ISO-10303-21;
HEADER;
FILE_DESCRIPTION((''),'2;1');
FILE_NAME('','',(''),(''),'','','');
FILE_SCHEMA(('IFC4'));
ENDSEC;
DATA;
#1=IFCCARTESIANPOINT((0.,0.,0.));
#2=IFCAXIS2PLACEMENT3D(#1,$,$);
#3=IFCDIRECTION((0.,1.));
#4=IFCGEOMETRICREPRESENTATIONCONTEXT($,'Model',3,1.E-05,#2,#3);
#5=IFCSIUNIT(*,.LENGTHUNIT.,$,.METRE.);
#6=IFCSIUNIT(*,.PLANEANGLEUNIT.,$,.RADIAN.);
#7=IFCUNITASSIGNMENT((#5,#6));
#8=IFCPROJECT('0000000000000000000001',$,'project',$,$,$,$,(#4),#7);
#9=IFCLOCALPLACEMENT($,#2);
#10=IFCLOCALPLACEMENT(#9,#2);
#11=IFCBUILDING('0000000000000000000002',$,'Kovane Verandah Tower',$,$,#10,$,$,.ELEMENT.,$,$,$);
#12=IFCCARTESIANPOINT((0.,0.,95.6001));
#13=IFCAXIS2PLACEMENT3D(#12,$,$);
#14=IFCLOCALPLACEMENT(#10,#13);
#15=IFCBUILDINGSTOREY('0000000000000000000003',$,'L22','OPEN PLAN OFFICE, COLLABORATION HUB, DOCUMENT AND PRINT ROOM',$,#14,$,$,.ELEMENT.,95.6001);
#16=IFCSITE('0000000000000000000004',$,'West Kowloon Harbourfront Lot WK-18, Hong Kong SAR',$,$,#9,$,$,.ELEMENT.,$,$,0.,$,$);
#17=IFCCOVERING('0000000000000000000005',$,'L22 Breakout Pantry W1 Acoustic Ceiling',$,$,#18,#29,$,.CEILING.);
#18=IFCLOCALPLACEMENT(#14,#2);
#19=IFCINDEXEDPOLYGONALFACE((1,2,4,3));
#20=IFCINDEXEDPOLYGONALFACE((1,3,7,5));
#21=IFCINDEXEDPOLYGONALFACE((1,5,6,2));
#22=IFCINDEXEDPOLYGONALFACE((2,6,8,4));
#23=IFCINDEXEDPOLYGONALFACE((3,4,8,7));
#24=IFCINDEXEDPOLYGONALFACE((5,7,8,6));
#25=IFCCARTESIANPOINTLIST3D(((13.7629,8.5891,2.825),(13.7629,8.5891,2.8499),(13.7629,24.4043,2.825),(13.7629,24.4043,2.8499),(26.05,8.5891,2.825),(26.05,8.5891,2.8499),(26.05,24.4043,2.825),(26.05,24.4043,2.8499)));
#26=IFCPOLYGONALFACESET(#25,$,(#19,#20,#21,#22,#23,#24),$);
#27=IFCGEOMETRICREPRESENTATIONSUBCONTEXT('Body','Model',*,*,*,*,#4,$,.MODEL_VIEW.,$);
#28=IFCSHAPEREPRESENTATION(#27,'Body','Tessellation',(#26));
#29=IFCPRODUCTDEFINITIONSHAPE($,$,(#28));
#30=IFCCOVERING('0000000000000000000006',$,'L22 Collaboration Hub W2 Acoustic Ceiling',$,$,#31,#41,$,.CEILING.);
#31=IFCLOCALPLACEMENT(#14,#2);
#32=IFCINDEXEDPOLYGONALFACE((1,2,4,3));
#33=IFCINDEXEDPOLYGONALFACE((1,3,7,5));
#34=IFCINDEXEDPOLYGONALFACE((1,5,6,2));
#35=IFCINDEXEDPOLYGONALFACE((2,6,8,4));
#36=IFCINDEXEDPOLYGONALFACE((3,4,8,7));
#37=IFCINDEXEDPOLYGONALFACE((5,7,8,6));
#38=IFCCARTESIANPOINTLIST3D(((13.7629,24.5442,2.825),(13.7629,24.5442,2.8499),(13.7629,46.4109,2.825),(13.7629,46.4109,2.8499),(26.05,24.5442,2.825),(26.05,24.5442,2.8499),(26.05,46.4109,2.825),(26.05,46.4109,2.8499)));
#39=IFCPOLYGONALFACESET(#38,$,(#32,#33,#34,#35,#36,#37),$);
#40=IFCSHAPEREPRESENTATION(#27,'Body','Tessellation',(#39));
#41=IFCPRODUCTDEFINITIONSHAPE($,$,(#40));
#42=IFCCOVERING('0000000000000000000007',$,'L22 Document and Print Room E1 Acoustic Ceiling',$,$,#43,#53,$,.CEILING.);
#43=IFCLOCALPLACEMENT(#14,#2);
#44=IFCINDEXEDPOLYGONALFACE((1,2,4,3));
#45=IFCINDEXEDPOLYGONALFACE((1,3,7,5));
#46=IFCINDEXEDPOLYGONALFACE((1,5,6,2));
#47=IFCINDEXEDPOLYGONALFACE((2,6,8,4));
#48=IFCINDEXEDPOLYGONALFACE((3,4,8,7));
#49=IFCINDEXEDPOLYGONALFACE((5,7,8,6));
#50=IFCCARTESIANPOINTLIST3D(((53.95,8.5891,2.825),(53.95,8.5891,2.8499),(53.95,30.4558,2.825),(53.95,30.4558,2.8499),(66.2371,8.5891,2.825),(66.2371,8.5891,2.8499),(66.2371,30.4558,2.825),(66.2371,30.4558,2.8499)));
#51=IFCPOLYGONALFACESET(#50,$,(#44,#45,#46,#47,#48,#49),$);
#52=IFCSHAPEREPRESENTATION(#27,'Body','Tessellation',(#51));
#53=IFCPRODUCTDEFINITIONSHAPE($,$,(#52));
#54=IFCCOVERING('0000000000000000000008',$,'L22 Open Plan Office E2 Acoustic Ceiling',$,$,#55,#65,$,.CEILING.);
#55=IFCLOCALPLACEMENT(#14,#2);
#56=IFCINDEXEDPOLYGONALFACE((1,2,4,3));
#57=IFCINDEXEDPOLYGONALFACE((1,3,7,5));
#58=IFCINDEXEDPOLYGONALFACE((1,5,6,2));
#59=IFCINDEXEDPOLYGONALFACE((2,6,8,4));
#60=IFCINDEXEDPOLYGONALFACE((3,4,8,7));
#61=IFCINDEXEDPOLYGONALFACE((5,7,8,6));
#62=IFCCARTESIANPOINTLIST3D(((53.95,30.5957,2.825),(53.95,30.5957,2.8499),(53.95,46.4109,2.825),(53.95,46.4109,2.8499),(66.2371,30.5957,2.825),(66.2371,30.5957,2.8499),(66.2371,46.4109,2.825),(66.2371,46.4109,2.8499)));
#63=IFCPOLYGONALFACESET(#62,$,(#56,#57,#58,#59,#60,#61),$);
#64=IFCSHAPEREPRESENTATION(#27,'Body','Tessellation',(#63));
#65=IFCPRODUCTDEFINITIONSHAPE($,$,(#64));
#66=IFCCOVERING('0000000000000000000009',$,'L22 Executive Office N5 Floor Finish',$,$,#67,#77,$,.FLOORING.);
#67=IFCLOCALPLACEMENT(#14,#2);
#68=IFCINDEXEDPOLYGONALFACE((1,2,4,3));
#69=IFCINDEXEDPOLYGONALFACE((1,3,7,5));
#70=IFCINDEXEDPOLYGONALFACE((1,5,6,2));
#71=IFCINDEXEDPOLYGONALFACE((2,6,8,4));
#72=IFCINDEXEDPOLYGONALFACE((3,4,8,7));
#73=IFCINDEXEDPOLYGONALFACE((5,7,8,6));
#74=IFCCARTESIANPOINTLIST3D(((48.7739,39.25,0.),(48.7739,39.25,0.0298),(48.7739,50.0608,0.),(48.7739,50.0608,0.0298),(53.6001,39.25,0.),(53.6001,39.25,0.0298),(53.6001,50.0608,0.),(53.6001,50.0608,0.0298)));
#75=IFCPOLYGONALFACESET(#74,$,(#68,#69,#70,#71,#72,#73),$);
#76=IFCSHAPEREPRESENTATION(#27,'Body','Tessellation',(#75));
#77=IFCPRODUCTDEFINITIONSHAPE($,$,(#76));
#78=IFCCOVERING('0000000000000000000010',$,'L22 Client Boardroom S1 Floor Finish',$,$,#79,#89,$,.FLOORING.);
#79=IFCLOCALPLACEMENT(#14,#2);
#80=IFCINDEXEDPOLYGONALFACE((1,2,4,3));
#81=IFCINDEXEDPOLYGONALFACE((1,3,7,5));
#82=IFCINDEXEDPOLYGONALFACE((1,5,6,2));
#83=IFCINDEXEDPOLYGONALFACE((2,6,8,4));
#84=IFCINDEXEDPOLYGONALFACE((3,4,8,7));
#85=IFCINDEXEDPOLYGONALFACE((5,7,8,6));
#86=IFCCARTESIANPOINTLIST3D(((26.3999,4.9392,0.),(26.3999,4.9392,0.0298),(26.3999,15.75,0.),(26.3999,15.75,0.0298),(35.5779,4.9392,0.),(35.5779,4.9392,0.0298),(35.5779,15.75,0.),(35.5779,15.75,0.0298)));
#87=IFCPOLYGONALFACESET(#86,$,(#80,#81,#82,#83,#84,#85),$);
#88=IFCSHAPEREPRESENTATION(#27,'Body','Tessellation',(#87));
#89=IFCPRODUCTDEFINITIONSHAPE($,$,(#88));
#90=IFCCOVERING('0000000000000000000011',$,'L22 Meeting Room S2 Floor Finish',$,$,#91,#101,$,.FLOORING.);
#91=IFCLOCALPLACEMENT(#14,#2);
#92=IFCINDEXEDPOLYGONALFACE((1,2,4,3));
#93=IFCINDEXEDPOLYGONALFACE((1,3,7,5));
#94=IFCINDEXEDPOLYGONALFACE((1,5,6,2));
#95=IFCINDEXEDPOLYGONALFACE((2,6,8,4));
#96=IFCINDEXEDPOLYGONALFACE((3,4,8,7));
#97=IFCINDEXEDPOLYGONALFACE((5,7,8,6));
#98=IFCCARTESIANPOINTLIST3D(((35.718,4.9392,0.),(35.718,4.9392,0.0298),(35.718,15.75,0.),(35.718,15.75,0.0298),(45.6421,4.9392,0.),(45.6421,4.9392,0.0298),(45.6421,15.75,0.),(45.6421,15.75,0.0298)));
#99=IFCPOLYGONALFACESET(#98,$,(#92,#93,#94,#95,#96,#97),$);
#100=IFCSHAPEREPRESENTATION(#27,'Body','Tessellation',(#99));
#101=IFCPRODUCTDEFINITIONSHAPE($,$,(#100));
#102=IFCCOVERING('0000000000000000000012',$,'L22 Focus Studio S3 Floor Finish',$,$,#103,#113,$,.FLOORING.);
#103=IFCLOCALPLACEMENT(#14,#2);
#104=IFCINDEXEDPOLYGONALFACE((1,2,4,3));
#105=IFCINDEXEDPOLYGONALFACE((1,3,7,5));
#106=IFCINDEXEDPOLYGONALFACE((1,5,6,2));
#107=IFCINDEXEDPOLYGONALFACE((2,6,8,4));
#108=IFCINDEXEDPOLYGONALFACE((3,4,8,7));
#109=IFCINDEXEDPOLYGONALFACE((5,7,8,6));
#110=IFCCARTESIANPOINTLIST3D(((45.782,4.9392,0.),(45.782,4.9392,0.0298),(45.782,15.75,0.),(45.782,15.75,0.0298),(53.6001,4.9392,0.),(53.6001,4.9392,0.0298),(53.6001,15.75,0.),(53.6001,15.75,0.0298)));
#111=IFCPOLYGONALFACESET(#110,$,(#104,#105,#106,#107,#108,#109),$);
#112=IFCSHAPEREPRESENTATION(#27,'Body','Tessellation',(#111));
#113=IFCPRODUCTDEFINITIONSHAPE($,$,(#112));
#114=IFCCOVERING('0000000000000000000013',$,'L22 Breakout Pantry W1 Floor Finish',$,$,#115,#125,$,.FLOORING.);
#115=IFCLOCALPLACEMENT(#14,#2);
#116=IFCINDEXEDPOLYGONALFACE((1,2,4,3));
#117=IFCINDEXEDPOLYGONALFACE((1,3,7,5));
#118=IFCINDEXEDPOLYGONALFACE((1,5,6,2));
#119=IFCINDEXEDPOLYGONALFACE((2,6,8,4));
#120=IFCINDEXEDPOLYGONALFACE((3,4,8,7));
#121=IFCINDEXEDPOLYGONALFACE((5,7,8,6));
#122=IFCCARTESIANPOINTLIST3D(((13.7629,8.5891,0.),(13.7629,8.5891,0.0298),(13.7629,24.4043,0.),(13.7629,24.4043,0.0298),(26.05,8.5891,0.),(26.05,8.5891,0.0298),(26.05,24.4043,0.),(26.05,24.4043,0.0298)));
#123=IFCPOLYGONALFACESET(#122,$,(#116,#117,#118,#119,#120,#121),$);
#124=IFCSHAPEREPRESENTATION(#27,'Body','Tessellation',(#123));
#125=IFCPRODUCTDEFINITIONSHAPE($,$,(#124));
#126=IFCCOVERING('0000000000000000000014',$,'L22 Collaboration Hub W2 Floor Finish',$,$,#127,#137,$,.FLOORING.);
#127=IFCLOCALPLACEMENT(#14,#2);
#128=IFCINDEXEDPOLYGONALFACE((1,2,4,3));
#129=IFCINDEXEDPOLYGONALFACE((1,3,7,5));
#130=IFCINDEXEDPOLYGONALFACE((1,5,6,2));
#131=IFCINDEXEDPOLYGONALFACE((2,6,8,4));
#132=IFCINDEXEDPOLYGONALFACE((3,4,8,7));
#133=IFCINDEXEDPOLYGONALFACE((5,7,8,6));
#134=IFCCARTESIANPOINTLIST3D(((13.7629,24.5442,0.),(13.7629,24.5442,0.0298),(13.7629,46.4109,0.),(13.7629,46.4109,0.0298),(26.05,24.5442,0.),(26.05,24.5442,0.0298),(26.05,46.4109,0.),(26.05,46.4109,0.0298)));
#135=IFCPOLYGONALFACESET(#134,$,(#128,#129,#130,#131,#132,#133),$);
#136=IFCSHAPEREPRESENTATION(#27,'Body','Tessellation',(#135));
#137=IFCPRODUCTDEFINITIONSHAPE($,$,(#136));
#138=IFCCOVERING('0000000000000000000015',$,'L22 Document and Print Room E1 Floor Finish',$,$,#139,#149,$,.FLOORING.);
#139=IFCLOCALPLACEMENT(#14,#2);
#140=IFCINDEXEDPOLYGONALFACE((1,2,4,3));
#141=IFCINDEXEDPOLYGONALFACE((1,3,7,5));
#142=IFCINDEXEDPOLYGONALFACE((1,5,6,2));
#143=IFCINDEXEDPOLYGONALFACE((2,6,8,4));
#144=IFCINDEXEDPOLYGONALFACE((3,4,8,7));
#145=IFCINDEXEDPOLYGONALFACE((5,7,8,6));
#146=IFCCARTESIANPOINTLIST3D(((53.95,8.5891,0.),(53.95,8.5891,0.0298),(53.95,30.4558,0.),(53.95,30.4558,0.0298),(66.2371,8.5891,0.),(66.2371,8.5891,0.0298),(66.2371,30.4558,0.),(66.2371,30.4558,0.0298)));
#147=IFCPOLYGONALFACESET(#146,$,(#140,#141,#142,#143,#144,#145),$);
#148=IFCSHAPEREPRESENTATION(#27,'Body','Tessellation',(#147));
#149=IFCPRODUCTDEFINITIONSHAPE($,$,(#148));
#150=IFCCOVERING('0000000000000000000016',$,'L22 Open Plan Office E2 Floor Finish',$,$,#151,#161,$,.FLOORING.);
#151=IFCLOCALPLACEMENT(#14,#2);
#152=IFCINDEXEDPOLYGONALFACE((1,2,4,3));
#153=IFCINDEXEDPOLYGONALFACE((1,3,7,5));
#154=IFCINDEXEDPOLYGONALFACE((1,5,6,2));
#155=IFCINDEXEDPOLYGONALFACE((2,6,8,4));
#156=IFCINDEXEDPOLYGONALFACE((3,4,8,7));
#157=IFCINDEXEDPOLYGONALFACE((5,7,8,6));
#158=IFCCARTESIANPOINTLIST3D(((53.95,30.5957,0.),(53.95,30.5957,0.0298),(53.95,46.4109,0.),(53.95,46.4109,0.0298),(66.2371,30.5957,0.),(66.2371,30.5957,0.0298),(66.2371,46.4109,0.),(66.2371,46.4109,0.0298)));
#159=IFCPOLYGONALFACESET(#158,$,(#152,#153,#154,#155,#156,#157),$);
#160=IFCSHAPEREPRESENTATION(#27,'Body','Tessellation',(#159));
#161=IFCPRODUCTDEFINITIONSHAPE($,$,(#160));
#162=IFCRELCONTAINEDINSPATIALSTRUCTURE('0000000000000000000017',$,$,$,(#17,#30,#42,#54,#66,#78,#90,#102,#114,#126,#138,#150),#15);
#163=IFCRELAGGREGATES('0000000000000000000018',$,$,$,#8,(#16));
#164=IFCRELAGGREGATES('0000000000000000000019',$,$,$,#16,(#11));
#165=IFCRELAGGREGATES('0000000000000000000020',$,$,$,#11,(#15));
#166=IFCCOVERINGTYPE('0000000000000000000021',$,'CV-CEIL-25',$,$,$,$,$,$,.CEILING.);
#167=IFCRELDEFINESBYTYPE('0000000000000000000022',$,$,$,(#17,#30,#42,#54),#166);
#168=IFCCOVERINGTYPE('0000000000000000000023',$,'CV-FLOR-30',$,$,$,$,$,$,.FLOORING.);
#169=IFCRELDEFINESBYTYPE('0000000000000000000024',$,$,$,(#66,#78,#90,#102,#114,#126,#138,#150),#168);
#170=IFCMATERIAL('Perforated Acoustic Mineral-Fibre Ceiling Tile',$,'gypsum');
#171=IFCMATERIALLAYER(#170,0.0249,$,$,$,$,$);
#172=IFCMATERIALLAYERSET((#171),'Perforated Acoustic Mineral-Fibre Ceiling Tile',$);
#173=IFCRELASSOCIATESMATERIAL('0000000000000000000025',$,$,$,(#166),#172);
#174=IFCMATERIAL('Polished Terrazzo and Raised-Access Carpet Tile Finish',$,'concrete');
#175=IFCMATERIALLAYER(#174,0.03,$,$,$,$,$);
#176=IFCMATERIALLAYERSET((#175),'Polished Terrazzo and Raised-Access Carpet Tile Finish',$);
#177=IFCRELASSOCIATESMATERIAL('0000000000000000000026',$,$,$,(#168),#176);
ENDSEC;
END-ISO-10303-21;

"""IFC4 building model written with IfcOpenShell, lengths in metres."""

from ifc_helpers import new_model, si_unit, direction, frame, origin, place, context, subcontext, project, spatial, polyline, outline, extrude, material, layer, layer_set, type_object, element, save


model = new_model("IFC4")

# Units and contexts
model_context = context("Model", 3, precision=1e-05, world=origin(), true_north=direction((0.0, 1.0)))
body_context = subcontext(model_context, "Body", "Model", "MODEL_VIEW")
ifc_project = project(units=[si_unit("LENGTHUNIT", "METRE"), si_unit("PLANEANGLEUNIT", "RADIAN")], contexts=[model_context])

# Site, building, storey
site_placement = place(None, origin())
site = spatial("IfcSite", under=ifc_project, at=site_placement, Name="West Kowloon Harbourfront Lot WK-18, Hong Kong SAR", CompositionType="ELEMENT", RefElevation=0.0)
building_placement = place(site_placement, origin())
building = spatial("IfcBuilding", under=site, at=building_placement, Name="Kovane Verandah Tower", CompositionType="ELEMENT")
storey_placement = place(building_placement, frame((0.0, 0.0, 95.6001)))
storey = spatial("IfcBuildingStorey", under=building, at=storey_placement, Name="L22", Description="OPEN PLAN OFFICE, COLLABORATION HUB, DOCUMENT AND PRINT ROOM", CompositionType="ELEMENT", Elevation=95.6001)

# Coverings
ifc_material_1 = material(Name="Perforated Acoustic Mineral-Fibre Ceiling Tile", Category="gypsum")
ifc_layer_1 = layer(ifc_material_1, 0.0249)
ifc_layer_set_1 = layer_set([ifc_layer_1], Name="Perforated Acoustic Mineral-Fibre Ceiling Tile")
covering_type_1 = type_object("IfcCoveringType", Name="CV-CEIL-25", PredefinedType="CEILING", material=ifc_layer_set_1)
covering_1_placement = place(storey_placement, frame((0.0, 0.0, 2.825)))
element("IfcCovering", 1, at=covering_1_placement, inside=storey, type_object=covering_type_1, Name="L22 Breakout Pantry W1 Acoustic Ceiling", PredefinedType="CEILING", context=body_context, shape_type="SweptSolid", body=[
    extrude(outline(polyline([(13.7629, 8.5891), (26.05, 8.5891), (26.05, 24.4043), (13.7629, 24.4043), (13.7629, 8.5891)])), origin(), (0.0, 0.0, 1.0), 0.0249),
])
covering_2_placement = place(storey_placement, frame((0.0, 0.0, 2.825)))
element("IfcCovering", 2, at=covering_2_placement, inside=storey, type_object=covering_type_1, Name="L22 Collaboration Hub W2 Acoustic Ceiling", PredefinedType="CEILING", context=body_context, shape_type="SweptSolid", body=[
    extrude(outline(polyline([(13.7629, 24.5442), (26.05, 24.5442), (26.05, 46.4109), (13.7629, 46.4109), (13.7629, 24.5442)])), origin(), (0.0, 0.0, 1.0), 0.0249),
])
covering_3_placement = place(storey_placement, frame((0.0, 0.0, 2.825)))
element("IfcCovering", 3, at=covering_3_placement, inside=storey, type_object=covering_type_1, Name="L22 Document and Print Room E1 Acoustic Ceiling", PredefinedType="CEILING", context=body_context, shape_type="SweptSolid", body=[
    extrude(outline(polyline([(53.95, 8.5891), (66.2371, 8.5891), (66.2371, 30.4558), (53.95, 30.4558), (53.95, 8.5891)])), origin(), (0.0, 0.0, 1.0), 0.0249),
])
covering_4_placement = place(storey_placement, frame((0.0, 0.0, 2.825)))
element("IfcCovering", 4, at=covering_4_placement, inside=storey, type_object=covering_type_1, Name="L22 Open Plan Office E2 Acoustic Ceiling", PredefinedType="CEILING", context=body_context, shape_type="SweptSolid", body=[
    extrude(outline(polyline([(53.95, 30.5957), (66.2371, 30.5957), (66.2371, 46.4109), (53.95, 46.4109), (53.95, 30.5957)])), origin(), (0.0, 0.0, 1.0), 0.0249),
])
ifc_material_2 = material(Name="Polished Terrazzo and Raised-Access Carpet Tile Finish", Category="concrete")
ifc_layer_2 = layer(ifc_material_2, 0.03)
ifc_layer_set_2 = layer_set([ifc_layer_2], Name="Polished Terrazzo and Raised-Access Carpet Tile Finish")
covering_type_2 = type_object("IfcCoveringType", Name="CV-FLOR-30", PredefinedType="FLOORING", material=ifc_layer_set_2)
covering_5_placement = place(storey_placement, origin())
element("IfcCovering", 5, at=covering_5_placement, inside=storey, type_object=covering_type_2, Name="L22 Executive Office N5 Floor Finish", PredefinedType="FLOORING", context=body_context, shape_type="SweptSolid", body=[
    extrude(outline(polyline([(48.7739, 39.25), (53.6001, 39.25), (53.6001, 50.0608), (48.7739, 50.0608), (48.7739, 39.25)])), origin(), (0.0, 0.0, 1.0), 0.0298),
])
covering_6_placement = place(storey_placement, origin())
element("IfcCovering", 6, at=covering_6_placement, inside=storey, type_object=covering_type_2, Name="L22 Client Boardroom S1 Floor Finish", PredefinedType="FLOORING", context=body_context, shape_type="SweptSolid", body=[
    extrude(outline(polyline([(26.3999, 4.9392), (35.5779, 4.9392), (35.5779, 15.75), (26.3999, 15.75), (26.3999, 4.9392)])), origin(), (0.0, 0.0, 1.0), 0.0298),
])
covering_7_placement = place(storey_placement, origin())
element("IfcCovering", 7, at=covering_7_placement, inside=storey, type_object=covering_type_2, Name="L22 Meeting Room S2 Floor Finish", PredefinedType="FLOORING", context=body_context, shape_type="SweptSolid", body=[
    extrude(outline(polyline([(35.718, 4.9392), (45.6421, 4.9392), (45.6421, 15.75), (35.718, 15.75), (35.718, 4.9392)])), origin(), (0.0, 0.0, 1.0), 0.0298),
])
covering_8_placement = place(storey_placement, origin())
element("IfcCovering", 8, at=covering_8_placement, inside=storey, type_object=covering_type_2, Name="L22 Focus Studio S3 Floor Finish", PredefinedType="FLOORING", context=body_context, shape_type="SweptSolid", body=[
    extrude(outline(polyline([(45.782, 4.9392), (53.6001, 4.9392), (53.6001, 15.75), (45.782, 15.75), (45.782, 4.9392)])), origin(), (0.0, 0.0, 1.0), 0.0298),
])
covering_9_placement = place(storey_placement, origin())
element("IfcCovering", 9, at=covering_9_placement, inside=storey, type_object=covering_type_2, Name="L22 Breakout Pantry W1 Floor Finish", PredefinedType="FLOORING", context=body_context, shape_type="SweptSolid", body=[
    extrude(outline(polyline([(13.7629, 8.5891), (26.05, 8.5891), (26.05, 24.4043), (13.7629, 24.4043), (13.7629, 8.5891)])), origin(), (0.0, 0.0, 1.0), 0.0298),
])
covering_10_placement = place(storey_placement, origin())
element("IfcCovering", 10, at=covering_10_placement, inside=storey, type_object=covering_type_2, Name="L22 Collaboration Hub W2 Floor Finish", PredefinedType="FLOORING", context=body_context, shape_type="SweptSolid", body=[
    extrude(outline(polyline([(13.7629, 24.5442), (26.05, 24.5442), (26.05, 46.4109), (13.7629, 46.4109), (13.7629, 24.5442)])), origin(), (0.0, 0.0, 1.0), 0.0298),
])
covering_11_placement = place(storey_placement, origin())
element("IfcCovering", 11, at=covering_11_placement, inside=storey, type_object=covering_type_2, Name="L22 Document and Print Room E1 Floor Finish", PredefinedType="FLOORING", context=body_context, shape_type="SweptSolid", body=[
    extrude(outline(polyline([(53.95, 8.5891), (66.2371, 8.5891), (66.2371, 30.4558), (53.95, 30.4558), (53.95, 8.5891)])), origin(), (0.0, 0.0, 1.0), 0.0298),
])
covering_12_placement = place(storey_placement, origin())
element("IfcCovering", 12, at=covering_12_placement, inside=storey, type_object=covering_type_2, Name="L22 Open Plan Office E2 Floor Finish", PredefinedType="FLOORING", context=body_context, shape_type="SweptSolid", body=[
    extrude(outline(polyline([(53.95, 30.5957), (66.2371, 30.5957), (66.2371, 46.4109), (53.95, 46.4109), (53.95, 30.5957)])), origin(), (0.0, 0.0, 1.0), 0.0298),
])

save(model, "model.ifc")
